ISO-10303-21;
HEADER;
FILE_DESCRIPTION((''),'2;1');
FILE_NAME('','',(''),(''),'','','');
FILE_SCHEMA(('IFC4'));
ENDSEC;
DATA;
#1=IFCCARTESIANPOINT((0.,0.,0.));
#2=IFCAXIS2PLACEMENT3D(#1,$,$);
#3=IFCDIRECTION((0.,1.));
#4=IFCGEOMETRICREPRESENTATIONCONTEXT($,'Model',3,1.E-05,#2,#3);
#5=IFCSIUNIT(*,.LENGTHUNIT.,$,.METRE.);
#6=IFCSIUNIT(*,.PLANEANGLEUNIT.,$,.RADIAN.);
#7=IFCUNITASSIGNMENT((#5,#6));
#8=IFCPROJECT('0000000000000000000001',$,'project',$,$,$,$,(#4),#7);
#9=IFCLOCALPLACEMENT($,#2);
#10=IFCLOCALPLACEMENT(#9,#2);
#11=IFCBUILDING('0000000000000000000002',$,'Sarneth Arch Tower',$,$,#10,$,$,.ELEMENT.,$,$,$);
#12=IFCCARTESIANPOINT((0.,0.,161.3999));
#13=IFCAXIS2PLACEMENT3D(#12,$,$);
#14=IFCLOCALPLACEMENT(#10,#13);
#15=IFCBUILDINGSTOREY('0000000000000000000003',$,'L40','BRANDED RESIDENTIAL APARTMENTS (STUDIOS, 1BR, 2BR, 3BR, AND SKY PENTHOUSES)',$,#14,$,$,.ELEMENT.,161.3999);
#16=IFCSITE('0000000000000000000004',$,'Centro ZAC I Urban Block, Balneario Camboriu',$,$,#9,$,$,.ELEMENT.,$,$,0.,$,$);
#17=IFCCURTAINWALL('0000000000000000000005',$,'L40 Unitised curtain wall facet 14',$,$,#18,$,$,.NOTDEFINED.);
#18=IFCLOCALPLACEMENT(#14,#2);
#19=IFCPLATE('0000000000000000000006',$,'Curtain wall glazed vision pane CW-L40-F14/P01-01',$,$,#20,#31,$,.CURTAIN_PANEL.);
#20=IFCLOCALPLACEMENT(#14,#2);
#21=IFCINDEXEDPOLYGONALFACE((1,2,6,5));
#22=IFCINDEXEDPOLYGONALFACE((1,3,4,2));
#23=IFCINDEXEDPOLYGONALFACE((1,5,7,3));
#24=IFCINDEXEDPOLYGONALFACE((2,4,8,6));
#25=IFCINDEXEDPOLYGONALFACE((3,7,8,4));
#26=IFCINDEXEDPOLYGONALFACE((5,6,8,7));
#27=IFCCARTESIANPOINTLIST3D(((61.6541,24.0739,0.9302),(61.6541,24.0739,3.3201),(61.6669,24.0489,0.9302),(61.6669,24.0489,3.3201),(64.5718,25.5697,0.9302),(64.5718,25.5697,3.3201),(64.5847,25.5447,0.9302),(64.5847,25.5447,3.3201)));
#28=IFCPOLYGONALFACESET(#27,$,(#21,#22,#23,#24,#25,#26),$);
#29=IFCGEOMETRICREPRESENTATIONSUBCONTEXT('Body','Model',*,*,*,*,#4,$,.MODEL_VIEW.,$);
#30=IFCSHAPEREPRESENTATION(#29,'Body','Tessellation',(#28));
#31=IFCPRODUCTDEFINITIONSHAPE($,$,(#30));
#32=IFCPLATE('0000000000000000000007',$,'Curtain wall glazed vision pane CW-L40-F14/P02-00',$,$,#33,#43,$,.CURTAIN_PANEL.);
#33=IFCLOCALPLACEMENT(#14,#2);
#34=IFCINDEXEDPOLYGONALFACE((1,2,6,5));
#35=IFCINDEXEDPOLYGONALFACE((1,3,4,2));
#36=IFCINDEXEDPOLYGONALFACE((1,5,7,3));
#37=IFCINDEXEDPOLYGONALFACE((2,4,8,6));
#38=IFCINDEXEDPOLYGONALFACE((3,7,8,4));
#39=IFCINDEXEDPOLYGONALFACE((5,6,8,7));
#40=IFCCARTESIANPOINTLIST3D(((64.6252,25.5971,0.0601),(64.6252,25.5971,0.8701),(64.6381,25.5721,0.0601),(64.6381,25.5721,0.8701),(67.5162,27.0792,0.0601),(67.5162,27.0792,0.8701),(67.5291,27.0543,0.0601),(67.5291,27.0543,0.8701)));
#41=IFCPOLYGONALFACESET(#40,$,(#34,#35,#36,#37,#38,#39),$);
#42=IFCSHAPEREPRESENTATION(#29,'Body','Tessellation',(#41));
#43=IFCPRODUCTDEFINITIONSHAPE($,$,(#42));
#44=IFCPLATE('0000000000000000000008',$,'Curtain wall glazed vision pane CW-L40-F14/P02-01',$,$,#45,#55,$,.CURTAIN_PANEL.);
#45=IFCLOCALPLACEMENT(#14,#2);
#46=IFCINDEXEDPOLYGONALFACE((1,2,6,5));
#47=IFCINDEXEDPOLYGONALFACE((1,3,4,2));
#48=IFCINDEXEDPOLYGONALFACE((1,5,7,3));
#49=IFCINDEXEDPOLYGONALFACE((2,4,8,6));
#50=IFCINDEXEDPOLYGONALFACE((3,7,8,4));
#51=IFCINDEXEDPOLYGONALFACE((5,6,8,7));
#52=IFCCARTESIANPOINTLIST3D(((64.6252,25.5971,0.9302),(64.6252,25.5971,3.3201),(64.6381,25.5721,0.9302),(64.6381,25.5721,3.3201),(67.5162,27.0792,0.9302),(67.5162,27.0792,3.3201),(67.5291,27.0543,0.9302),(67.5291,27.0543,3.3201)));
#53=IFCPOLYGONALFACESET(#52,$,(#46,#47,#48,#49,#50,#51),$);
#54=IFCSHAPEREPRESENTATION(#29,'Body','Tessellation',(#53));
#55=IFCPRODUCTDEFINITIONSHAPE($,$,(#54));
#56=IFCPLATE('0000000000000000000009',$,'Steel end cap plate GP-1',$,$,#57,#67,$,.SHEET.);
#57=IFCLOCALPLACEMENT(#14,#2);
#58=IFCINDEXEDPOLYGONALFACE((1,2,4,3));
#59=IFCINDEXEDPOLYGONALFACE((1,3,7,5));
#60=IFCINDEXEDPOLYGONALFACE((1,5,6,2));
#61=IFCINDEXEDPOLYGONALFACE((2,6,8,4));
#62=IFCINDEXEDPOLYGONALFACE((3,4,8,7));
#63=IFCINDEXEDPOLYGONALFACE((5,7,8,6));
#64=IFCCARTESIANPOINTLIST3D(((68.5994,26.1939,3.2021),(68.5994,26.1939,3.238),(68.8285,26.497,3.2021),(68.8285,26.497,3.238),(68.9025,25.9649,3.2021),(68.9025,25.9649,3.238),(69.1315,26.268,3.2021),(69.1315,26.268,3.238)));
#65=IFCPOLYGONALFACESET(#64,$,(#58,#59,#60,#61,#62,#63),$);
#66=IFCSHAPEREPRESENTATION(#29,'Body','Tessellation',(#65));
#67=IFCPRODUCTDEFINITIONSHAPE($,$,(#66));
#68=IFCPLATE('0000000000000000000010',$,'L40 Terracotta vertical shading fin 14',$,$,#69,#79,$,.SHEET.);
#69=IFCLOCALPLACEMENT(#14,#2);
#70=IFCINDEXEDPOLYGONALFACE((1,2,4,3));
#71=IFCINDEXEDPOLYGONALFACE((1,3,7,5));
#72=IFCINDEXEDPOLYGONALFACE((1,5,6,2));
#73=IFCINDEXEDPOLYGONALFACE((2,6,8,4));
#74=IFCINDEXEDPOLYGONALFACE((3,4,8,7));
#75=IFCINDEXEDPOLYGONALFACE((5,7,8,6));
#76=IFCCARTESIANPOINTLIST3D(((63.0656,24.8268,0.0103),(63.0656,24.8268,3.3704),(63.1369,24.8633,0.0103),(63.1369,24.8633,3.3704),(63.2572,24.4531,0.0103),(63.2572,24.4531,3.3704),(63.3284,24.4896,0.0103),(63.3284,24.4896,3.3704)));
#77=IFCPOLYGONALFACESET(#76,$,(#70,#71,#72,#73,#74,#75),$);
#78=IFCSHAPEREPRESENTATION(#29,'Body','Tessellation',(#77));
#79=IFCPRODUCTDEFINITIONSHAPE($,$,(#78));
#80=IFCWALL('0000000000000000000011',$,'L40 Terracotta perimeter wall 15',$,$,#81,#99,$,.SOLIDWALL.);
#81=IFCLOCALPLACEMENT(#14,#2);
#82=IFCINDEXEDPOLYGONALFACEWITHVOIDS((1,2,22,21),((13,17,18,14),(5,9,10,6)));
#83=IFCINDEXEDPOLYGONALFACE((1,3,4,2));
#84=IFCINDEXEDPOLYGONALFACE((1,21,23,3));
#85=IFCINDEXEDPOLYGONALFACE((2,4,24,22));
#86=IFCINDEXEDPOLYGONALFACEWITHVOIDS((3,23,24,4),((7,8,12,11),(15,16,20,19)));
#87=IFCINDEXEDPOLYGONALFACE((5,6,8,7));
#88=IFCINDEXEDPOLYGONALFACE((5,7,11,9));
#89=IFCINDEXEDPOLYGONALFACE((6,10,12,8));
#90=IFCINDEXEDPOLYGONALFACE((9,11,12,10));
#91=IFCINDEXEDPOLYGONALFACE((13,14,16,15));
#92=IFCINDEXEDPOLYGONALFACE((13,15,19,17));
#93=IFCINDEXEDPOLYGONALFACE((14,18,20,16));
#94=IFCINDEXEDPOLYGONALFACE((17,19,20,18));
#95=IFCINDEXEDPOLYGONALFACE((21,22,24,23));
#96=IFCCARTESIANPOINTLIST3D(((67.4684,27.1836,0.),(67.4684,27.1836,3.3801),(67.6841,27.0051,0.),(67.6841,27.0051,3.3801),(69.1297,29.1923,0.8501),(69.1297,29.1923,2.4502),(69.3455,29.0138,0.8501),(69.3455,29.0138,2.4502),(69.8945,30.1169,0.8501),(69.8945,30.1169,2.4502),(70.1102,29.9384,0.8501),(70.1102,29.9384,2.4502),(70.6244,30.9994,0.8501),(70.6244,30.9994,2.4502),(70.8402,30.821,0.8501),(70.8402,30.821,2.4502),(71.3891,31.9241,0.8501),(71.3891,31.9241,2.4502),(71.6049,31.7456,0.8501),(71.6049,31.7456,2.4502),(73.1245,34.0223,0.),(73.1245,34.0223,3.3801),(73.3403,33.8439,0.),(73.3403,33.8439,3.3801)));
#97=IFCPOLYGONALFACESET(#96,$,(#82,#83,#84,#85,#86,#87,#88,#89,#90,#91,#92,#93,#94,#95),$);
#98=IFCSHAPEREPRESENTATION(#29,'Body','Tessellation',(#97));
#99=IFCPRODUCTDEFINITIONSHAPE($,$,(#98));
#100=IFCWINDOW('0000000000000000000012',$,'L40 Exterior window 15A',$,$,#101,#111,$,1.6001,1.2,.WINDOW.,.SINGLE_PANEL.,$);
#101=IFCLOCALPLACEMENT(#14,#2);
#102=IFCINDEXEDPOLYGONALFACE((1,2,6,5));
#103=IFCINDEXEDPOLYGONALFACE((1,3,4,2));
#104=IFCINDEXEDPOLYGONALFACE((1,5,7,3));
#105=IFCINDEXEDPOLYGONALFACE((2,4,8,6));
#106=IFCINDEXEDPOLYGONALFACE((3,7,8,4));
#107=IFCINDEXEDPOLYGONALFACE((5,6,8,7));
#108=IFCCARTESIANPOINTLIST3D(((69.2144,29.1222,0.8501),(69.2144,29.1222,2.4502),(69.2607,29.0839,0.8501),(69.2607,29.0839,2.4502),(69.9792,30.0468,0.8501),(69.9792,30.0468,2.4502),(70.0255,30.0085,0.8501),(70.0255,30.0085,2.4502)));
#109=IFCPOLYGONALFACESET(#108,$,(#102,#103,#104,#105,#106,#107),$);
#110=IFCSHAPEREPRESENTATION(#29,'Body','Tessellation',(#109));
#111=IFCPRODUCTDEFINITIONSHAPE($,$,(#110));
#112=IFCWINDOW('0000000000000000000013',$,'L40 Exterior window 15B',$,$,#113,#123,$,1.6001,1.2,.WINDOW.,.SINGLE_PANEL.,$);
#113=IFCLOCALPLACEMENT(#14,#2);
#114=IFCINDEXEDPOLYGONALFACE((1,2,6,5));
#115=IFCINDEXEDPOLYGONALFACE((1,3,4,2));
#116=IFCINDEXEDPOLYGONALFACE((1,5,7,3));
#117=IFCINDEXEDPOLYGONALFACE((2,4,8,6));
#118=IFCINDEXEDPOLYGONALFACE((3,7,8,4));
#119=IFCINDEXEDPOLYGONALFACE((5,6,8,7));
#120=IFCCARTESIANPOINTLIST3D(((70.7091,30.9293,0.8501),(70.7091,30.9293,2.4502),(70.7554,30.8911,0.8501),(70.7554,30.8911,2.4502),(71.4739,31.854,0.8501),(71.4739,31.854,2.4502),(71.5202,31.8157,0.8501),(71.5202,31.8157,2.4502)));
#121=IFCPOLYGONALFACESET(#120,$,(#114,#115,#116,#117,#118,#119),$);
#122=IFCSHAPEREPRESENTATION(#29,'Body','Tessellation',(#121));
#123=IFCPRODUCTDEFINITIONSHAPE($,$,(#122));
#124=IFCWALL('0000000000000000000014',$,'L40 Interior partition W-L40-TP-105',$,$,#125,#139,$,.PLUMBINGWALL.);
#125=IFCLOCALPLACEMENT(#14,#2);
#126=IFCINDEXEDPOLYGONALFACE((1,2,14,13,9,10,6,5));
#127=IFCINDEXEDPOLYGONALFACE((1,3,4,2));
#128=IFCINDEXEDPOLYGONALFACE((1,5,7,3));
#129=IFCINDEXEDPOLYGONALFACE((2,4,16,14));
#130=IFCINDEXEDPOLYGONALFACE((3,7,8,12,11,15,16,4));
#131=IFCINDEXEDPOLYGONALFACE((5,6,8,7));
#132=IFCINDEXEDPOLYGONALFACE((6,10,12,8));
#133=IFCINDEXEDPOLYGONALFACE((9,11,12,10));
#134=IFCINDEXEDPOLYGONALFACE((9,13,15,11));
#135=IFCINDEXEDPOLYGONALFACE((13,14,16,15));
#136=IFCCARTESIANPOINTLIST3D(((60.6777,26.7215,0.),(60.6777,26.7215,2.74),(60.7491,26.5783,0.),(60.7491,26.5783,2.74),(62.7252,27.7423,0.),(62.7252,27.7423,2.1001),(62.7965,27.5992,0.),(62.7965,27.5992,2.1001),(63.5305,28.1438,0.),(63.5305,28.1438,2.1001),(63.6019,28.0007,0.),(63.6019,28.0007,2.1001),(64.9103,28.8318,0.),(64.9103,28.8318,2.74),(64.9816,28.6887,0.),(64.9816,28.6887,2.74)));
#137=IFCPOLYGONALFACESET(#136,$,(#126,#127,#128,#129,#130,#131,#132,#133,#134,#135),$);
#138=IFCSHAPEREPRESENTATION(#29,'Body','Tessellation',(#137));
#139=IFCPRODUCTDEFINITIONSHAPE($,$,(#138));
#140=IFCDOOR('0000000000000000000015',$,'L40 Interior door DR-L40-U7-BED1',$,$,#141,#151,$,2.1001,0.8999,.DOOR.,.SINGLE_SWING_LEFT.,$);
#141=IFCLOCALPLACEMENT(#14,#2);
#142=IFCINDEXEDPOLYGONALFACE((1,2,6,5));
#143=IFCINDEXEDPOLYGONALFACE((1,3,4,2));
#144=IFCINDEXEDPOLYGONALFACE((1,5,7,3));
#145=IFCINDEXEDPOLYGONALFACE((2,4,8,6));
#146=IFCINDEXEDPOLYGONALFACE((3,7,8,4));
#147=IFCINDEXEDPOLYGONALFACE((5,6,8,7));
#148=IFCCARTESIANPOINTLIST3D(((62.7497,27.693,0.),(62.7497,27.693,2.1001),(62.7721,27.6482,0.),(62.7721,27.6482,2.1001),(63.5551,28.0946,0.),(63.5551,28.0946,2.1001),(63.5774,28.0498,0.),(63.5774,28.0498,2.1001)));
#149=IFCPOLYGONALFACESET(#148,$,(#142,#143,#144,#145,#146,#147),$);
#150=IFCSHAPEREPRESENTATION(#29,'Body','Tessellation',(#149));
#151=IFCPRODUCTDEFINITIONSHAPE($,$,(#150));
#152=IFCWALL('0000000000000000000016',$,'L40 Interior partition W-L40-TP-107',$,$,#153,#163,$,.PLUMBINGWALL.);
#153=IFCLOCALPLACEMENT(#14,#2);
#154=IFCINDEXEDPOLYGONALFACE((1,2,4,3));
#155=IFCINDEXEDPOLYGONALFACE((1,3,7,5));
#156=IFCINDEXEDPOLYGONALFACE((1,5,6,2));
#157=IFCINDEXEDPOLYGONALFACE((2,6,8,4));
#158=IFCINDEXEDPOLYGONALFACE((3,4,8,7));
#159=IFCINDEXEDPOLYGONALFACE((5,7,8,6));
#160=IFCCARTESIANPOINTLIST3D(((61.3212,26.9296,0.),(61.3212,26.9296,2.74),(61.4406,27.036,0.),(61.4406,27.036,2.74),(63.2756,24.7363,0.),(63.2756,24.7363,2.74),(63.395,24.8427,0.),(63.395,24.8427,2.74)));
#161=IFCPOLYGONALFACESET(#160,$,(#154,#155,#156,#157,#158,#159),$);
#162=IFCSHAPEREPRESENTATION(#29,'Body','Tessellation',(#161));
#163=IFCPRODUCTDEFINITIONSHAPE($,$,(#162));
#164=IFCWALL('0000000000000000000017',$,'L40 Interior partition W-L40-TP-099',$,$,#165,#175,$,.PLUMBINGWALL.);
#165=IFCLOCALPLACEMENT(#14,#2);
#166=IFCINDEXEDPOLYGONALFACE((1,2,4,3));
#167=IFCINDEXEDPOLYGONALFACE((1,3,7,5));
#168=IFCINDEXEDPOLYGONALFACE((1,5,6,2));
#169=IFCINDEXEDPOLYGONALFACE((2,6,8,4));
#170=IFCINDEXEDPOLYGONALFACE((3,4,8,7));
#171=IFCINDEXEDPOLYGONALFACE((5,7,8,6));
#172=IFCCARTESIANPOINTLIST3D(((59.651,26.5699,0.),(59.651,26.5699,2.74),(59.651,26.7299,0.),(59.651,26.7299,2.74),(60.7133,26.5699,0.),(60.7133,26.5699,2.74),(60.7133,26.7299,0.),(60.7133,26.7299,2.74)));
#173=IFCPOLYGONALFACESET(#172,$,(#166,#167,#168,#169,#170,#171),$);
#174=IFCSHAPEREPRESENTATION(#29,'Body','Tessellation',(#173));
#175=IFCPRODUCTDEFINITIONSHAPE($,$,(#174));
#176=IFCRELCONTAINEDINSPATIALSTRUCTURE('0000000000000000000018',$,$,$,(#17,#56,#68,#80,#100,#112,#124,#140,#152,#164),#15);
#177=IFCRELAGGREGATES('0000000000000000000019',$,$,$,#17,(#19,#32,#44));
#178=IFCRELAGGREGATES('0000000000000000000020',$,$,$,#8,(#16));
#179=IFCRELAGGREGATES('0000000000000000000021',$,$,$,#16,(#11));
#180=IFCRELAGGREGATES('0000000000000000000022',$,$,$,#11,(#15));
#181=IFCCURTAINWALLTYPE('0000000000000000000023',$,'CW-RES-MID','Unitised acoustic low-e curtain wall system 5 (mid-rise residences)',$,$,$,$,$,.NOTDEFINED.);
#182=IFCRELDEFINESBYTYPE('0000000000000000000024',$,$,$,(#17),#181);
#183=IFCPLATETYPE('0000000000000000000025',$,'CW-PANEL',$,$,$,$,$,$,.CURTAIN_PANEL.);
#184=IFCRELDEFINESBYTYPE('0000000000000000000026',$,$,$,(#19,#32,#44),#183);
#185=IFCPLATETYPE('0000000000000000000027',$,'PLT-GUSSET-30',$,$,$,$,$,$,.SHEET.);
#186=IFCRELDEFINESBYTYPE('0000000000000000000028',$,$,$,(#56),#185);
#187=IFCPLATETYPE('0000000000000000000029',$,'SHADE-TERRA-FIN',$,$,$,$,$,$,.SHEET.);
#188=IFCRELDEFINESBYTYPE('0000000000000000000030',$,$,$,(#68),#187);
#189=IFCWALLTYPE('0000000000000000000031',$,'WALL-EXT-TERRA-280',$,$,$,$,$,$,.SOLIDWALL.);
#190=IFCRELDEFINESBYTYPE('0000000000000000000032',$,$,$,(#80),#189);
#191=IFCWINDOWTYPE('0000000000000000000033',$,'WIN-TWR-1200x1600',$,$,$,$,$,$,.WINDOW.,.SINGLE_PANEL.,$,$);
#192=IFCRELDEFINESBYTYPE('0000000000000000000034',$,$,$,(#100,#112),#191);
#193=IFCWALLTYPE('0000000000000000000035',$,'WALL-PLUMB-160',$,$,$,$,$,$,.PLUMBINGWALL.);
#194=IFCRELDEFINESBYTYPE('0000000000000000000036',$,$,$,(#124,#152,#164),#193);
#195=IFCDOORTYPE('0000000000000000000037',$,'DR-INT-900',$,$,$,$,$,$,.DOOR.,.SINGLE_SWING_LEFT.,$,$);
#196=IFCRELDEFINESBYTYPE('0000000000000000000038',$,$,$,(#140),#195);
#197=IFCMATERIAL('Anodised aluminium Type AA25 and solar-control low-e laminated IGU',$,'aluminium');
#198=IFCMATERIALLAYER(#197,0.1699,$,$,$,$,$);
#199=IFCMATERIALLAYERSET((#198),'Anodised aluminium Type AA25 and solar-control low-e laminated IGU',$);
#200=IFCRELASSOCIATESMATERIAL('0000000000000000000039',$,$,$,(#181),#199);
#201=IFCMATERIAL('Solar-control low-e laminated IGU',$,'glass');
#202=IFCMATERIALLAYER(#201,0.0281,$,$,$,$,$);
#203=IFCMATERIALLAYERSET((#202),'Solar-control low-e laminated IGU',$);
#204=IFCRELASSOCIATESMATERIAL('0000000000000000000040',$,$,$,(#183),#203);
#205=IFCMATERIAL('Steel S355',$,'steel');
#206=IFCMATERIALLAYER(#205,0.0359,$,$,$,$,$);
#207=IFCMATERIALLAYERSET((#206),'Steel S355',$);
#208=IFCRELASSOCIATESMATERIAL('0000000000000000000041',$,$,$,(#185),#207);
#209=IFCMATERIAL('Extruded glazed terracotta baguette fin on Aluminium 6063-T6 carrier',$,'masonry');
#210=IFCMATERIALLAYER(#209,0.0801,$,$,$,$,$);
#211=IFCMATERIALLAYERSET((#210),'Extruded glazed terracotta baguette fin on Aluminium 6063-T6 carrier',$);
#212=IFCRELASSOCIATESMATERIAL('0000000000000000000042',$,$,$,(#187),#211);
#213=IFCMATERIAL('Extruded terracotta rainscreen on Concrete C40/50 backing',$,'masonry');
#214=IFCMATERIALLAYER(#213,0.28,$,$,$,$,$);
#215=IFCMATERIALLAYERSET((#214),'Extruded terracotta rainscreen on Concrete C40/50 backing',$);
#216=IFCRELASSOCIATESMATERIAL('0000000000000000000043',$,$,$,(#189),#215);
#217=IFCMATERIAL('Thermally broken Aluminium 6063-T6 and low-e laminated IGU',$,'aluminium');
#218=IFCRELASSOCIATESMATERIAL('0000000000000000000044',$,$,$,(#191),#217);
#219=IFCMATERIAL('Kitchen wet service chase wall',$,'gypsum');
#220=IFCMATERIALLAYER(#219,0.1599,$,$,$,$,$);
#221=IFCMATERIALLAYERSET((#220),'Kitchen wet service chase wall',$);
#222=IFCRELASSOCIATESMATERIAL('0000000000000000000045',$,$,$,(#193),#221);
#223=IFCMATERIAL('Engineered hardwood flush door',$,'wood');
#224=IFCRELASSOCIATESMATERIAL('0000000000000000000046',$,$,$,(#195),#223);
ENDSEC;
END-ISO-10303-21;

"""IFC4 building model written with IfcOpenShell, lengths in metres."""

from ifc_helpers import new_model, si_unit, direction, frame, frame_2d, origin, origin_2d, place, context, subcontext, project, spatial, rectangle, extrude, material, layer, layer_set, type_object, element, fill, aggregate, save


model = new_model("IFC4")

# Units and contexts
model_context = context("Model", 3, precision=1e-05, world=origin(), true_north=direction((0.0, 1.0)))
body_context = subcontext(model_context, "Body", "Model", "MODEL_VIEW")
ifc_project = project(units=[si_unit("LENGTHUNIT", "METRE"), si_unit("PLANEANGLEUNIT", "RADIAN")], contexts=[model_context])

# Site, building, storey
site_placement = place(None, origin())
site = spatial("IfcSite", under=ifc_project, at=site_placement, Name="Centro ZAC I Urban Block, Balneario Camboriu", CompositionType="ELEMENT", RefElevation=0.0)
building_placement = place(site_placement, origin())
building = spatial("IfcBuilding", under=site, at=building_placement, Name="Sarneth Arch Tower", CompositionType="ELEMENT")
storey_placement = place(building_placement, frame((0.0, 0.0, 161.3999)))
storey = spatial("IfcBuildingStorey", under=building, at=storey_placement, Name="L40", Description="BRANDED RESIDENTIAL APARTMENTS (STUDIOS, 1BR, 2BR, 3BR, AND SKY PENTHOUSES)", CompositionType="ELEMENT", Elevation=161.3999)

# Curtain wall, plates
ifc_material_1 = material(Name="Anodised aluminium Type AA25 and solar-control low-e laminated IGU", Category="aluminium")
ifc_layer_1 = layer(ifc_material_1, 0.1699)
ifc_layer_set_1 = layer_set([ifc_layer_1], Name="Anodised aluminium Type AA25 and solar-control low-e laminated IGU")
curtain_wall_type = type_object("IfcCurtainWallType", Name="CW-RES-MID", Description="Unitised acoustic low-e curtain wall system 5 (mid-rise residences)", PredefinedType="NOTDEFINED", material=ifc_layer_set_1)
curtain_wall_placement = place(storey_placement, origin())
curtain_wall = element("IfcCurtainWall", 1, at=curtain_wall_placement, inside=storey, type_object=curtain_wall_type, Name="L40 Unitised curtain wall facet 14", PredefinedType="NOTDEFINED")
ifc_material_2 = material(Name="Solar-control low-e laminated IGU", Category="glass")
ifc_layer_2 = layer(ifc_material_2, 0.0281)
ifc_layer_set_2 = layer_set([ifc_layer_2], Name="Solar-control low-e laminated IGU")
plate_type_1 = type_object("IfcPlateType", Name="CW-PANEL", PredefinedType="CURTAIN_PANEL", material=ifc_layer_set_2)
plate_1_placement = place(storey_placement, frame((63.1194, 24.8093, 0.9302), z_axis=(0.0, 0.0, 1.0), x_axis=(0.889873, 0.456208, 0.0)))
plate_1 = element("IfcPlate", 2, at=plate_1_placement, type_object=plate_type_1, Name="Curtain wall glazed vision pane CW-L40-F14/P01-01", PredefinedType="CURTAIN_PANEL", context=body_context, shape_type="SweptSolid", body=[
    extrude(rectangle(XDim=3.2788, YDim=0.0281, at=origin_2d()), origin(), (0.0, 0.0, 1.0), 2.3899),
])
plate_2_placement = place(storey_placement, frame((66.0771, 26.3257, 0.0601), z_axis=(0.0, 0.0, 1.0), x_axis=(0.889873, 0.456208, 0.0)))
plate_2 = element("IfcPlate", 3, at=plate_2_placement, type_object=plate_type_1, Name="Curtain wall glazed vision pane CW-L40-F14/P02-00", PredefinedType="CURTAIN_PANEL", context=body_context, shape_type="SweptSolid", body=[
    extrude(rectangle(XDim=3.2488, YDim=0.0281, at=origin_2d()), origin(), (0.0, 0.0, 1.0), 0.8101),
])
plate_3_placement = place(storey_placement, frame((66.0771, 26.3257, 0.9302), z_axis=(0.0, 0.0, 1.0), x_axis=(0.889873, 0.456208, 0.0)))
plate_3 = element("IfcPlate", 4, at=plate_3_placement, type_object=plate_type_1, Name="Curtain wall glazed vision pane CW-L40-F14/P02-01", PredefinedType="CURTAIN_PANEL", context=body_context, shape_type="SweptSolid", body=[
    extrude(rectangle(XDim=3.2488, YDim=0.0281, at=origin_2d()), origin(), (0.0, 0.0, 1.0), 2.3899),
])
aggregate(curtain_wall, [plate_1, plate_2, plate_3])

# Plates
ifc_material_3 = material(Name="Steel S355", Category="steel")
ifc_layer_3 = layer(ifc_material_3, 0.0359)
ifc_layer_set_3 = layer_set([ifc_layer_3], Name="Steel S355")
plate_type_2 = type_object("IfcPlateType", Name="PLT-GUSSET-30", PredefinedType="SHEET", material=ifc_layer_set_3)
plate_4_placement = place(storey_placement, frame((68.8655, 26.231, 3.2021), z_axis=(0.0, 0.0, 1.0), x_axis=(0.797794, -0.60293, 0.0)))
element("IfcPlate", 5, at=plate_4_placement, inside=storey, type_object=plate_type_2, Name="Steel end cap plate GP-1", PredefinedType="SHEET", context=body_context, shape_type="SweptSolid", body=[
    extrude(rectangle(XDim=0.3799, YDim=0.3799, at=origin_2d()), origin(), (0.0, 0.0, 1.0), 0.0359),
])
ifc_material_4 = material(Name="Extruded glazed terracotta baguette fin on Aluminium 6063-T6 carrier", Category="masonry")
ifc_layer_4 = layer(ifc_material_4, 0.0801)
ifc_layer_set_4 = layer_set([ifc_layer_4], Name="Extruded glazed terracotta baguette fin on Aluminium 6063-T6 carrier")
plate_type_3 = type_object("IfcPlateType", Name="SHADE-TERRA-FIN", PredefinedType="SHEET", material=ifc_layer_set_4)
plate_5_placement = place(storey_placement, frame((63.197, 24.6582, 0.0103), z_axis=(0.0, 0.0, 1.0), x_axis=(0.456166, -0.889895, 0.0)))
element("IfcPlate", 6, at=plate_5_placement, inside=storey, type_object=plate_type_3, Name="L40 Terracotta vertical shading fin 14", PredefinedType="SHEET", context=body_context, shape_type="SweptSolid", body=[
    extrude(rectangle(XDim=0.4199, YDim=0.0801, at=origin_2d()), origin(), (0.0, 0.0, 1.0), 3.3601),
])

# Wall, openings, windows
ifc_material_5 = material(Name="Extruded terracotta rainscreen on Concrete C40/50 backing", Category="masonry")
ifc_layer_5 = layer(ifc_material_5, 0.28)
ifc_layer_set_5 = layer_set([ifc_layer_5], Name="Extruded terracotta rainscreen on Concrete C40/50 backing")
wall_type_1 = type_object("IfcWallType", Name="WALL-EXT-TERRA-280", PredefinedType="SOLIDWALL", material=ifc_layer_set_5)
wall_1_placement = place(storey_placement, frame((67.5762, 27.0942, 0.0), z_axis=(0.0, 0.0, 1.0), x_axis=(0.637333, 0.770588, 0.0)))
wall_1 = element("IfcWall", 7, at=wall_1_placement, inside=storey, type_object=wall_type_1, Name="L40 Terracotta perimeter wall 15", PredefinedType="SOLIDWALL", context=body_context, shape_type="SweptSolid", body=[
    extrude(rectangle(XDim=8.8748, YDim=0.28, at=frame_2d((4.4375, 0.0))), origin(), (0.0, 0.0, 1.0), 3.3801),
])
opening_1_placement = place(wall_1_placement, frame((2.6067, 0.0, 0.8501)))
opening_1 = element("IfcOpeningElement", 8, at=opening_1_placement, cuts=wall_1, PredefinedType="OPENING", context=body_context, shape_type="SweptSolid", body=[
    extrude(rectangle(XDim=1.2, YDim=1.6001, at=frame_2d((0.6001, 0.8))), frame((0.0, 0.1499, 0.0), z_axis=(0.0, -1.0, 0.0), x_axis=(1.0, 0.0, 0.0)), (0.0, 0.0, 1.0), 0.3),
])
opening_2_placement = place(wall_1_placement, frame((4.9519, 0.0, 0.8501)))
opening_2 = element("IfcOpeningElement", 9, at=opening_2_placement, cuts=wall_1, PredefinedType="OPENING", context=body_context, shape_type="SweptSolid", body=[
    extrude(rectangle(XDim=1.2, YDim=1.6001, at=frame_2d((0.6001, 0.8))), frame((0.0, 0.1499, 0.0), z_axis=(0.0, -1.0, 0.0), x_axis=(1.0, 0.0, 0.0)), (0.0, 0.0, 1.0), 0.3),
])
ifc_material_6 = material(Name="Thermally broken Aluminium 6063-T6 and low-e laminated IGU", Category="aluminium")
window_type = type_object("IfcWindowType", Name="WIN-TWR-1200x1600", PartitioningType="SINGLE_PANEL", PredefinedType="WINDOW", material=ifc_material_6)
window_1_placement = place(opening_1_placement, origin())
window_1 = element("IfcWindow", 10, at=window_1_placement, inside=storey, type_object=window_type, Name="L40 Exterior window 15A", OverallHeight=1.6001, OverallWidth=1.2, PartitioningType="SINGLE_PANEL", PredefinedType="WINDOW", context=body_context, shape_type="SweptSolid", body=[
    extrude(rectangle(XDim=1.2, YDim=1.6001, at=frame_2d((0.6001, 0.8))), frame((0.0, 0.03, 0.0), z_axis=(0.0, -1.0, 0.0), x_axis=(1.0, 0.0, 0.0)), (0.0, 0.0, 1.0), 0.0601),
])
fill(opening_1, window_1)
window_2_placement = place(opening_2_placement, origin())
window_2 = element("IfcWindow", 11, at=window_2_placement, inside=storey, type_object=window_type, Name="L40 Exterior window 15B", OverallHeight=1.6001, OverallWidth=1.2, PartitioningType="SINGLE_PANEL", PredefinedType="WINDOW", context=body_context, shape_type="SweptSolid", body=[
    extrude(rectangle(XDim=1.2, YDim=1.6001, at=frame_2d((0.6001, 0.8))), frame((0.0, 0.03, 0.0), z_axis=(0.0, -1.0, 0.0), x_axis=(1.0, 0.0, 0.0)), (0.0, 0.0, 1.0), 0.0601),
])
fill(opening_2, window_2)

# Wall, opening, door
ifc_material_7 = material(Name="Kitchen wet service chase wall", Category="gypsum")
ifc_layer_6 = layer(ifc_material_7, 0.1599)
ifc_layer_set_6 = layer_set([ifc_layer_6], Name="Kitchen wet service chase wall")
wall_type_2 = type_object("IfcWallType", Name="WALL-PLUMB-160", PredefinedType="PLUMBINGWALL", material=ifc_layer_set_6)
wall_2_placement = place(storey_placement, frame((60.7134, 26.6499, 0.0), z_axis=(0.0, 0.0, 1.0), x_axis=(0.894932, 0.446202, 0.0)))
wall_2 = element("IfcWall", 12, at=wall_2_placement, inside=storey, type_object=wall_type_2, Name="L40 Interior partition W-L40-TP-105", PredefinedType="PLUMBINGWALL", context=body_context, shape_type="SweptSolid", body=[
    extrude(rectangle(XDim=4.7295, YDim=0.1599, at=frame_2d((2.3647, 0.0))), origin(), (0.0, 0.0, 1.0), 2.74),
])
opening_3_placement = place(wall_2_placement, frame((2.2878, 0.0, 0.0)))
opening_3 = element("IfcOpeningElement", 13, at=opening_3_placement, cuts=wall_2, PredefinedType="OPENING", context=body_context, shape_type="SweptSolid", body=[
    extrude(rectangle(XDim=0.8999, YDim=2.1001, at=frame_2d((0.45, 1.05))), frame((0.0, 0.0898, 0.0), z_axis=(0.0, -1.0, 0.0), x_axis=(1.0, 0.0, 0.0)), (0.0, 0.0, 1.0), 0.1799),
])
ifc_material_8 = material(Name="Engineered hardwood flush door", Category="wood")
door_type = type_object("IfcDoorType", Name="DR-INT-900", OperationType="SINGLE_SWING_LEFT", PredefinedType="DOOR", material=ifc_material_8)
door_placement = place(opening_3_placement, origin())
door = element("IfcDoor", 14, at=door_placement, inside=storey, type_object=door_type, Name="L40 Interior door DR-L40-U7-BED1", OperationType="SINGLE_SWING_LEFT", OverallHeight=2.1001, OverallWidth=0.8999, PredefinedType="DOOR", context=body_context, shape_type="SweptSolid", body=[
    extrude(rectangle(XDim=0.8999, YDim=2.1001, at=frame_2d((0.45, 1.05))), frame((0.0, 0.0249, 0.0), z_axis=(0.0, -1.0, 0.0), x_axis=(1.0, 0.0, 0.0)), (0.0, 0.0, 1.0), 0.05),
])
fill(opening_3, door)

# Walls
wall_3_placement = place(storey_placement, frame((63.3352, 24.7896, 0.0), z_axis=(0.0, 0.0, 1.0), x_axis=(-0.665256, 0.746616, 0.0)))
element("IfcWall", 15, at=wall_3_placement, inside=storey, type_object=wall_type_2, Name="L40 Interior partition W-L40-TP-107", PredefinedType="PLUMBINGWALL", context=body_context, shape_type="SweptSolid", body=[
    extrude(rectangle(XDim=2.9377, YDim=0.1599, at=frame_2d((1.4688, 0.0))), origin(), (0.0, 0.0, 1.0), 2.74),
])
wall_4_placement = place(storey_placement, frame((60.7134, 26.6499, 0.0), z_axis=(0.0, 0.0, 1.0), x_axis=(-1.0, 0.0, 0.0)))
element("IfcWall", 16, at=wall_4_placement, inside=storey, type_object=wall_type_2, Name="L40 Interior partition W-L40-TP-099", PredefinedType="PLUMBINGWALL", context=body_context, shape_type="SweptSolid", body=[
    extrude(rectangle(XDim=1.0623, YDim=0.1599, at=frame_2d((0.5312, 0.0))), origin(), (0.0, 0.0, 1.0), 2.74),
])

save(model, "model.ifc")
